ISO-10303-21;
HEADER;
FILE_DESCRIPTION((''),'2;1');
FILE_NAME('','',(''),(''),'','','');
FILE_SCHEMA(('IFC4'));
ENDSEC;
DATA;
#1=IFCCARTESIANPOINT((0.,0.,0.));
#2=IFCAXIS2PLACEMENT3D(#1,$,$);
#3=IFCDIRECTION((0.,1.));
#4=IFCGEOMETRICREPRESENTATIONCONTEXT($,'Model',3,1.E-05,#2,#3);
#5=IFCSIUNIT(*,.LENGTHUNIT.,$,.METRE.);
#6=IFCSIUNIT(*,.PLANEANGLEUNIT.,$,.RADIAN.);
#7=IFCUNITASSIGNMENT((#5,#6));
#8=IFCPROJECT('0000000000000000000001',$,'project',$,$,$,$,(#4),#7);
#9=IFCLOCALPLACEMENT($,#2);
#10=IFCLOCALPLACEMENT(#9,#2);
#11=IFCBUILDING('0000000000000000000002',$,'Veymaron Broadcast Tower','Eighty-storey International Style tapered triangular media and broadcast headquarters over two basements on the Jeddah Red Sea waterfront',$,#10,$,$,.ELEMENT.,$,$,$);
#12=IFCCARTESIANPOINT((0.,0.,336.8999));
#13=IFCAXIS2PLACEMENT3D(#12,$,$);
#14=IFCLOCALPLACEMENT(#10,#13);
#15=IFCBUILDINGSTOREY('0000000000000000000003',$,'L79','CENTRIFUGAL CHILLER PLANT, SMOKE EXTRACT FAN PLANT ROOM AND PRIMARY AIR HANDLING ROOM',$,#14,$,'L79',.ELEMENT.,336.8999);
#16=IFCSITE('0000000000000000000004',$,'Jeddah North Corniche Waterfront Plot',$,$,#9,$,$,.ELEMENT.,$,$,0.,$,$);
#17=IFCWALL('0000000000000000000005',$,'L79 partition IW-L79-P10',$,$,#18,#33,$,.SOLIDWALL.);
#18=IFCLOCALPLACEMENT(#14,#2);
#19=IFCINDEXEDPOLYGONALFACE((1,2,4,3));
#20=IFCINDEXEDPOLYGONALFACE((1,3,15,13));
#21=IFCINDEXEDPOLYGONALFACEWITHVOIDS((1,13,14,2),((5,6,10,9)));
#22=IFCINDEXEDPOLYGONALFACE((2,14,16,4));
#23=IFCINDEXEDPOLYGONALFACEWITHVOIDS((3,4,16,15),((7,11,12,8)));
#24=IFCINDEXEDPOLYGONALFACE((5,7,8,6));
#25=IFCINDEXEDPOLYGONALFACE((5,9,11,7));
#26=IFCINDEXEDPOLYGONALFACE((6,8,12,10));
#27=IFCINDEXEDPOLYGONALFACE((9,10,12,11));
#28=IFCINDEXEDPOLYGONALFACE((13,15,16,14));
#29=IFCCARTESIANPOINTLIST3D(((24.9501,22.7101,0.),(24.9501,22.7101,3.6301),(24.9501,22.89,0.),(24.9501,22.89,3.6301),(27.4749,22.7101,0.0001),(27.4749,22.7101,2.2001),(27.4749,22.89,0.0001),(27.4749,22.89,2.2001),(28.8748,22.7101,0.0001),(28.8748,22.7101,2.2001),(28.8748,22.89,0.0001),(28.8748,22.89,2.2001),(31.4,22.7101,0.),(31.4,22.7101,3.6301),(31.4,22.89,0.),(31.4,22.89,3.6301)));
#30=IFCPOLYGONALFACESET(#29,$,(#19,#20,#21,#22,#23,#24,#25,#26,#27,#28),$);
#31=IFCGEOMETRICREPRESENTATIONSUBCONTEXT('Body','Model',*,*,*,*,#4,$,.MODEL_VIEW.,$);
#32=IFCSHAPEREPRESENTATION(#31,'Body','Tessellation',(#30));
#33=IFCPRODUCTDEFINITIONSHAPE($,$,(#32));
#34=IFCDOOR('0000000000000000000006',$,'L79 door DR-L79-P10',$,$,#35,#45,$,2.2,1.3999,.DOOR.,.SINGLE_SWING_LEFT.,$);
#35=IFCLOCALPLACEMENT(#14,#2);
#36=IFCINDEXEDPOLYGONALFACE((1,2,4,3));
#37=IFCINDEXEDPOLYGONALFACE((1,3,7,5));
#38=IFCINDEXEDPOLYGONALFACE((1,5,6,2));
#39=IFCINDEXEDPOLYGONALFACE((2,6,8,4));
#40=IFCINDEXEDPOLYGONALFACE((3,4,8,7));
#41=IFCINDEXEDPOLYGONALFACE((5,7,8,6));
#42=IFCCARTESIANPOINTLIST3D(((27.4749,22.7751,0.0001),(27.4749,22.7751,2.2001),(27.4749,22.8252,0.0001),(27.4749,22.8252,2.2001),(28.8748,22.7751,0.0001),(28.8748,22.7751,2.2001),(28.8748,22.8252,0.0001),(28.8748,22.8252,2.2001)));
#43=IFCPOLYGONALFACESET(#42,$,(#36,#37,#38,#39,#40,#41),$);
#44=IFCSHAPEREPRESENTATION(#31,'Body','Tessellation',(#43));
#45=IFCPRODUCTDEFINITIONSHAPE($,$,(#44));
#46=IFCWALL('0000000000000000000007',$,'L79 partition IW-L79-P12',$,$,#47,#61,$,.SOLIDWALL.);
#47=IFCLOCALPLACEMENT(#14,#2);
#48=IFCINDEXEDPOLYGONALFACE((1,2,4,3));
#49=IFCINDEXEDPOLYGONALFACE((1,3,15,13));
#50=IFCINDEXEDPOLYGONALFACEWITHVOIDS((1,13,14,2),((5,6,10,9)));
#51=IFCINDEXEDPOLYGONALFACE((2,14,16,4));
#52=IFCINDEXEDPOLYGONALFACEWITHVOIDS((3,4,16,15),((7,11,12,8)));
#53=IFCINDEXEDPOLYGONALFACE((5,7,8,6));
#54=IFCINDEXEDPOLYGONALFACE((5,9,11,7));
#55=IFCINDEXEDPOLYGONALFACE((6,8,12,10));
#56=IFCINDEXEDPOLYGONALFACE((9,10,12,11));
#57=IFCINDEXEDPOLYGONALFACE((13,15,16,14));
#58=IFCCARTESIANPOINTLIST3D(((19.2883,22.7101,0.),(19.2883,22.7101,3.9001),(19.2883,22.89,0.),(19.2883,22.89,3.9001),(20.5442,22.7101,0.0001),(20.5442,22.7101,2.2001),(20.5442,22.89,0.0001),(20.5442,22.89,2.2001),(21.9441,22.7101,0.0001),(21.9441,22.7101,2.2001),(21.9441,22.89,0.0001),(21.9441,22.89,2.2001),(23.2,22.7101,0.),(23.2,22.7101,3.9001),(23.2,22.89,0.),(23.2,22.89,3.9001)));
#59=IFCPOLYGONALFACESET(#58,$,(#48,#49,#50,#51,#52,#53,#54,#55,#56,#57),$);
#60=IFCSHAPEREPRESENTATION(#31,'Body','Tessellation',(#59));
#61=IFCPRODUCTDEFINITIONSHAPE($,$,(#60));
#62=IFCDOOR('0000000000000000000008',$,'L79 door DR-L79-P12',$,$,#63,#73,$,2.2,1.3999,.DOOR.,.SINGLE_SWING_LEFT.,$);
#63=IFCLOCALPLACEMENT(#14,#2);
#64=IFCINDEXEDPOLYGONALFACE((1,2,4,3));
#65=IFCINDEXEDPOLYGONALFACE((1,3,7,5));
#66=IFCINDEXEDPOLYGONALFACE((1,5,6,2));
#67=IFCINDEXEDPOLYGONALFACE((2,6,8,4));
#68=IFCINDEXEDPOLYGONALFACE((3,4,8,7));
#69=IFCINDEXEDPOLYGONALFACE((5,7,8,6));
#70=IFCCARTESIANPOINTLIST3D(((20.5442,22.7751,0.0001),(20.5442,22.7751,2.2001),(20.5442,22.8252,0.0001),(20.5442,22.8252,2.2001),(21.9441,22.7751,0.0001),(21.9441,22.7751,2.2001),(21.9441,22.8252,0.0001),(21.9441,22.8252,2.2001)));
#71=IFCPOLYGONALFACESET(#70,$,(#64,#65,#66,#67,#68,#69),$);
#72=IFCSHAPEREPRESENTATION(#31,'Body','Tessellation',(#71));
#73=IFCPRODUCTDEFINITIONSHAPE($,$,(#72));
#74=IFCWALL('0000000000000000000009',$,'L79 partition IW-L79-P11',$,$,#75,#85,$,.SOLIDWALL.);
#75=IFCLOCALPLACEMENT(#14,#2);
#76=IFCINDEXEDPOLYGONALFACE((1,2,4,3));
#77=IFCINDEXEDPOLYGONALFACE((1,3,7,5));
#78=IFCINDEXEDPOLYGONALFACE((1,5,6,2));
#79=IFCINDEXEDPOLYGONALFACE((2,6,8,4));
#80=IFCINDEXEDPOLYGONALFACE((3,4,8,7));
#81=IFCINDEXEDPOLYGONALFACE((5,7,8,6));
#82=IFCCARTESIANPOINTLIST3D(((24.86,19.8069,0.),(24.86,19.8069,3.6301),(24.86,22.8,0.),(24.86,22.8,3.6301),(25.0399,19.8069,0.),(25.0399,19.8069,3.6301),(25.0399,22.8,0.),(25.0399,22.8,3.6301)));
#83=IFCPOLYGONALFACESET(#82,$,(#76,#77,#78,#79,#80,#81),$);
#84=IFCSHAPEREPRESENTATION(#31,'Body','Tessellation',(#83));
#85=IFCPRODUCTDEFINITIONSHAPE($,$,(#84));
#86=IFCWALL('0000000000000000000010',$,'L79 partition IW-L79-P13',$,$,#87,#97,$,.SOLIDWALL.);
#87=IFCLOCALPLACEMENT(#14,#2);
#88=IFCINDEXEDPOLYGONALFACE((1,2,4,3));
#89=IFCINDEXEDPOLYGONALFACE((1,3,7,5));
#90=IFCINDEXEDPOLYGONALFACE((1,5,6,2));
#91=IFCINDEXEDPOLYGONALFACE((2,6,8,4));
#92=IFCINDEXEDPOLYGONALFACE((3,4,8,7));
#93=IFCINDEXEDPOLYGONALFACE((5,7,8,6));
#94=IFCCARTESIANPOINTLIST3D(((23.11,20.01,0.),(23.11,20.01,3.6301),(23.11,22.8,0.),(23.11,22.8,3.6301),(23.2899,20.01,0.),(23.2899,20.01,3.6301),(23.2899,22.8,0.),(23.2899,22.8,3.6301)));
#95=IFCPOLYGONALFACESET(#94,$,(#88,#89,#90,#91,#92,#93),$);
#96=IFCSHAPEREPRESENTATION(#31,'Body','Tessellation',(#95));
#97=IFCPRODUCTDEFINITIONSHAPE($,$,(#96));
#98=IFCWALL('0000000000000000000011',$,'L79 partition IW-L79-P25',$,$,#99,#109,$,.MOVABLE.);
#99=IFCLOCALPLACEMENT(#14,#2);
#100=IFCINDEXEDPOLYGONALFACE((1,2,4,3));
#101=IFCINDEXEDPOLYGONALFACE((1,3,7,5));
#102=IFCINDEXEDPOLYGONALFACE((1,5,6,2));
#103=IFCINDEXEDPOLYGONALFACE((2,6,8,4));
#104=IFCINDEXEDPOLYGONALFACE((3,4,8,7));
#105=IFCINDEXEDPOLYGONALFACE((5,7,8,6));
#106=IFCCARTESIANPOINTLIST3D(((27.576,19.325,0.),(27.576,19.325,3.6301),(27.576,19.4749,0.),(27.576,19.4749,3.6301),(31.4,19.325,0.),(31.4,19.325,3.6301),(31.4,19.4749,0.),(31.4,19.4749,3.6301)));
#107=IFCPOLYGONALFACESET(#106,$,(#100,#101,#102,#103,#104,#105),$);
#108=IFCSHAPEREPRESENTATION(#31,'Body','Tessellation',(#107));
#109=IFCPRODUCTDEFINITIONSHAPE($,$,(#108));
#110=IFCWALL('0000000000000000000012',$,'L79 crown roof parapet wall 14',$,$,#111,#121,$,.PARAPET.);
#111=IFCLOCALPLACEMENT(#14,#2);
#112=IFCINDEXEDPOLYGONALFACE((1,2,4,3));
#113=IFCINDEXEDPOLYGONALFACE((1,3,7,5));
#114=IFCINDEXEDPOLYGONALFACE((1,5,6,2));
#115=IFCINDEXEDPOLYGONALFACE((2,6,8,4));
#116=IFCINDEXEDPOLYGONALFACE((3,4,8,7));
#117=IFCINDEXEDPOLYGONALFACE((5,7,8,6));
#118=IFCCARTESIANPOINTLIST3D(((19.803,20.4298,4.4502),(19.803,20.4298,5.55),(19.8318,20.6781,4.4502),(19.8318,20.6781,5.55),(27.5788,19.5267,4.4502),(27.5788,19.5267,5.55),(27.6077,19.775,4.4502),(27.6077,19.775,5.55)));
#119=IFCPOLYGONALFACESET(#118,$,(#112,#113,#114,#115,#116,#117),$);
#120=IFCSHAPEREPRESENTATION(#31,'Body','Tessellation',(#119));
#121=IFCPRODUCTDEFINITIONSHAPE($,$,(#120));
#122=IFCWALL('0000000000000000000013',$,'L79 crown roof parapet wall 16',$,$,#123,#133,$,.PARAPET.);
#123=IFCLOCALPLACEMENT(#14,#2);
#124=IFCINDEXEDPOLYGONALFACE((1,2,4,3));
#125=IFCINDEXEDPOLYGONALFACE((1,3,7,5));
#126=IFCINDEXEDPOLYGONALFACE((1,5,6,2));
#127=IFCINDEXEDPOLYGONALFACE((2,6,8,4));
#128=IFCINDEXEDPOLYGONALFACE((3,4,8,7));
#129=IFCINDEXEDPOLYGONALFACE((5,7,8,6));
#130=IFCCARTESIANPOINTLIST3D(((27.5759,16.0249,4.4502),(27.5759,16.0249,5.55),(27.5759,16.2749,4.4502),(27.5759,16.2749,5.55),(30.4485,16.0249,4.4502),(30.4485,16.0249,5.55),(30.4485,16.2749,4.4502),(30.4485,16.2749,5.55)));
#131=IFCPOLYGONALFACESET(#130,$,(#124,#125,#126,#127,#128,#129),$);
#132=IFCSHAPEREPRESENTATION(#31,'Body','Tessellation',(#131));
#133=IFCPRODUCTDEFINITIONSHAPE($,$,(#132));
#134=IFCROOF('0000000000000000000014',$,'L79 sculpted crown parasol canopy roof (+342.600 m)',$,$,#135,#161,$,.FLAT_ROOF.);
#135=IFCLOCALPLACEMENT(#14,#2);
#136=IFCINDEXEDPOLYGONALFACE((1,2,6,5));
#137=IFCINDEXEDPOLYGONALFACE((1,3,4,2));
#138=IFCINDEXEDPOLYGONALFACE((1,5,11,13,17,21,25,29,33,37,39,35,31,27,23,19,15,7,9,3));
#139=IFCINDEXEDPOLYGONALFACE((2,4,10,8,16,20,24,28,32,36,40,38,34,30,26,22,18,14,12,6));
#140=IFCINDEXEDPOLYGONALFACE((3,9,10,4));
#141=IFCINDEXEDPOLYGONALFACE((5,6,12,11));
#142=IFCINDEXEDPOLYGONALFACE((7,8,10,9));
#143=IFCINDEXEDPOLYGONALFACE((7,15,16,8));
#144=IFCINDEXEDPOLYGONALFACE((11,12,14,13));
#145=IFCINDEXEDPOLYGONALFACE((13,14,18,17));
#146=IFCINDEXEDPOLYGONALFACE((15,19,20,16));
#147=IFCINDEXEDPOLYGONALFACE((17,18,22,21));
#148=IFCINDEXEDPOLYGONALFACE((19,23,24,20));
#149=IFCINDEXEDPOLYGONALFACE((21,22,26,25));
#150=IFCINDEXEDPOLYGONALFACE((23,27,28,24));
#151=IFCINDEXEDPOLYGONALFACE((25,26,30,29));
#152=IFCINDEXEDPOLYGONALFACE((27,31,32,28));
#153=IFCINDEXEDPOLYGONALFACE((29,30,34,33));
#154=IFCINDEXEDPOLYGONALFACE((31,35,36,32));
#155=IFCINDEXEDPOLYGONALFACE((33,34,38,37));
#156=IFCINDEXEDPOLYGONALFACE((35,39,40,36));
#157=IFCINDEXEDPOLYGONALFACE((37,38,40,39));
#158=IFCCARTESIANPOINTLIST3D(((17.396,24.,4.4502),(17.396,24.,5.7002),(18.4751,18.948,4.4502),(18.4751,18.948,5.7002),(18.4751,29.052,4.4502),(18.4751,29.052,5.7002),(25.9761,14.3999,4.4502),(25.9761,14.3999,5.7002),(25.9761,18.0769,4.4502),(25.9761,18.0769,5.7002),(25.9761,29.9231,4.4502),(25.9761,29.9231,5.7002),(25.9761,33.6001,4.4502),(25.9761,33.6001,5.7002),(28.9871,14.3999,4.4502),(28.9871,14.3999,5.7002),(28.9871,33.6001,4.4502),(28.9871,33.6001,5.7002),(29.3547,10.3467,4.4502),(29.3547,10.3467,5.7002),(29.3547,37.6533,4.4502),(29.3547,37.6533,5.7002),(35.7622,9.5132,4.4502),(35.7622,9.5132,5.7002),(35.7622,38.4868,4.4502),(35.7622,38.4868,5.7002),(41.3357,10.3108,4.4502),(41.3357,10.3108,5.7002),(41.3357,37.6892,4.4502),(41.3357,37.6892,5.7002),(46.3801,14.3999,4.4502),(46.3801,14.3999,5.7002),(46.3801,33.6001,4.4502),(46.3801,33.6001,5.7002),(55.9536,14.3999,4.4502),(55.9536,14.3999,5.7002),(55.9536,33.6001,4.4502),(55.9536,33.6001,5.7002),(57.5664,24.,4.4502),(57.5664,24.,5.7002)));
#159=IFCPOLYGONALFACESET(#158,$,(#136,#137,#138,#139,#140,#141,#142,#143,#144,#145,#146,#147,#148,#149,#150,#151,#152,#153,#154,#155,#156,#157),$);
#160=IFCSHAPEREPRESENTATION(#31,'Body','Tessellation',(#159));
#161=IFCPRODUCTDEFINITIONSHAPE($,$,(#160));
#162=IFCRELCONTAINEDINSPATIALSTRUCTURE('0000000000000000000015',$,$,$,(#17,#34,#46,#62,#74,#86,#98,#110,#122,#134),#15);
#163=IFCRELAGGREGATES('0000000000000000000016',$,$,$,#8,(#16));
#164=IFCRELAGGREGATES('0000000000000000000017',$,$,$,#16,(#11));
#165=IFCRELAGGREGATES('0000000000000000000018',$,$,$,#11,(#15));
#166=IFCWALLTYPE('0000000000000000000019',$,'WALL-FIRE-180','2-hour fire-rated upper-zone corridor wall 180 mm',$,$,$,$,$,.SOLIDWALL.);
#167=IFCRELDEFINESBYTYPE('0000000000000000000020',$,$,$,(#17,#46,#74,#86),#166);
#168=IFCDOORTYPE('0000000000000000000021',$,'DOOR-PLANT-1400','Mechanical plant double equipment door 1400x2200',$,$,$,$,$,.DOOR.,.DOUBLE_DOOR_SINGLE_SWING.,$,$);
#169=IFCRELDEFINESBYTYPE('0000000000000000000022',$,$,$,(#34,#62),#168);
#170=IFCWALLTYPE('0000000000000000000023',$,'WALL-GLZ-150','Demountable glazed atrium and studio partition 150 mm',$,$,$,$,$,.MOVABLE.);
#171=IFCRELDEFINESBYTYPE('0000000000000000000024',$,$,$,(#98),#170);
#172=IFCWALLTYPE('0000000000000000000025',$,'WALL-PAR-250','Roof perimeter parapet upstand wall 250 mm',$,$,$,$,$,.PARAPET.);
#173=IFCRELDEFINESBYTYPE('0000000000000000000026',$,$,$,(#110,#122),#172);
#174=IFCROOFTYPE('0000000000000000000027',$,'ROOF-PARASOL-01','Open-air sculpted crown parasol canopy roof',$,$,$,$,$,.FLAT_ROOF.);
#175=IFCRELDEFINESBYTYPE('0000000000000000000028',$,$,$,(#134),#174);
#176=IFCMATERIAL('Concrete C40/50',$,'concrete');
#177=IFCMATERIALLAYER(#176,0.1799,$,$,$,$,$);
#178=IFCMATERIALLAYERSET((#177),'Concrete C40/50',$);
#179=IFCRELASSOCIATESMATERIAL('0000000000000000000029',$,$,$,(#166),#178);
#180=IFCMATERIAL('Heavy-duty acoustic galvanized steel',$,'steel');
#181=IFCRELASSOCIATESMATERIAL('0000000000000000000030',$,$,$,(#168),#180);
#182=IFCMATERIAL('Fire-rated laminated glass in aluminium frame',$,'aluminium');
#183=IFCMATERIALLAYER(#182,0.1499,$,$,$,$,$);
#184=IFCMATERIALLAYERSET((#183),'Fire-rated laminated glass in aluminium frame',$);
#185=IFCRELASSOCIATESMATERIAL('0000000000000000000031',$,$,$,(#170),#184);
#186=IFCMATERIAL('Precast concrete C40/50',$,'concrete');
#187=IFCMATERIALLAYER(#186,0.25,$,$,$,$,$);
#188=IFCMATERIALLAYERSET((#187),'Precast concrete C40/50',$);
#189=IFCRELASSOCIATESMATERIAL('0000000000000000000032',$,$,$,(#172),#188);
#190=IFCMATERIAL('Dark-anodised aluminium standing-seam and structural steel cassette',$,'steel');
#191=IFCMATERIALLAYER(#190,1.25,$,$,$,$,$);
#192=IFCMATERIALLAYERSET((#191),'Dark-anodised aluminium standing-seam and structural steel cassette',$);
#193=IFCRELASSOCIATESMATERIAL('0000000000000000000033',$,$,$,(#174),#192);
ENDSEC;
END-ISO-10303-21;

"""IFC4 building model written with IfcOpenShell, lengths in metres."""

from ifc_helpers import new_model, si_unit, direction, frame, frame_2d, origin, place, context, subcontext, project, spatial, polyline, rectangle, outline, extrude, material, layer, layer_set, type_object, element, fill, save


model = new_model("IFC4")

# Units and contexts
model_context = context("Model", 3, precision=1e-05, world=origin(), true_north=direction((0.0, 1.0)))
body_context = subcontext(model_context, "Body", "Model", "MODEL_VIEW")
ifc_project = project(units=[si_unit("LENGTHUNIT", "METRE"), si_unit("PLANEANGLEUNIT", "RADIAN")], contexts=[model_context])

# Site, building, storey
site_placement = place(None, origin())
site = spatial("IfcSite", under=ifc_project, at=site_placement, Name="Jeddah North Corniche Waterfront Plot", CompositionType="ELEMENT", RefElevation=0.0)
building_placement = place(site_placement, origin())
building = spatial("IfcBuilding", under=site, at=building_placement, Name="Veymaron Broadcast Tower", Description="Eighty-storey International Style tapered triangular media and broadcast headquarters over two basements on the Jeddah Red Sea waterfront", CompositionType="ELEMENT")
storey_placement = place(building_placement, frame((0.0, 0.0, 336.8999)))
storey = spatial("IfcBuildingStorey", under=building, at=storey_placement, Name="L79", Description="CENTRIFUGAL CHILLER PLANT, SMOKE EXTRACT FAN PLANT ROOM AND PRIMARY AIR HANDLING ROOM", LongName="L79", CompositionType="ELEMENT", Elevation=336.8999)

# Shared definitions
ifc_material_1 = material(Name="Concrete C40/50", Category="concrete")

# Walls, openings, doors
ifc_layer_1 = layer(ifc_material_1, 0.1799)
ifc_layer_set_1 = layer_set([ifc_layer_1], Name="Concrete C40/50")
wall_type_1 = type_object("IfcWallType", Name="WALL-FIRE-180", Description="2-hour fire-rated upper-zone corridor wall 180 mm", PredefinedType="SOLIDWALL", material=ifc_layer_set_1)
wall_1_placement = place(storey_placement, frame((24.95, 22.8, 0.0), z_axis=(0.0, 0.0, 1.0), x_axis=(1.0, 0.0, 0.0)))
wall_1 = element("IfcWall", 1, at=wall_1_placement, inside=storey, type_object=wall_type_1, Name="L79 partition IW-L79-P10", PredefinedType="SOLIDWALL", context=body_context, shape_type="SweptSolid", body=[
    extrude(rectangle(XDim=6.45, YDim=0.1799, at=frame_2d((3.2251, 0.0))), origin(), (0.0, 0.0, 1.0), 3.6301),
])
opening_1_placement = place(wall_1_placement, frame((2.5249, 0.0, 0.0)))
opening_1 = element("IfcOpeningElement", 2, at=opening_1_placement, cuts=wall_1, PredefinedType="OPENING", context=body_context, shape_type="SweptSolid", body=[
    extrude(rectangle(XDim=1.3999, YDim=2.2, at=frame_2d((0.7, 1.1001))), frame((0.0, 0.1001, 0.0), z_axis=(0.0, -1.0, 0.0), x_axis=(1.0, 0.0, 0.0)), (0.0, 0.0, 1.0), 0.2),
])
ifc_material_2 = material(Name="Heavy-duty acoustic galvanized steel", Category="steel")
door_type = type_object("IfcDoorType", Name="DOOR-PLANT-1400", Description="Mechanical plant double equipment door 1400x2200", OperationType="DOUBLE_DOOR_SINGLE_SWING", PredefinedType="DOOR", material=ifc_material_2)
door_1_placement = place(opening_1_placement, frame((1.3999, 0.0, 0.0), z_axis=(0.0, 0.0, 1.0), x_axis=(-1.0, 0.0, 0.0)))
door_1 = element("IfcDoor", 3, at=door_1_placement, inside=storey, type_object=door_type, Name="L79 door DR-L79-P10", OperationType="SINGLE_SWING_LEFT", OverallHeight=2.2, OverallWidth=1.3999, PredefinedType="DOOR", context=body_context, shape_type="SweptSolid", body=[
    extrude(rectangle(XDim=1.3999, YDim=2.2, at=frame_2d((0.7, 1.1001))), frame((0.0, 0.0249, 0.0), z_axis=(0.0, -1.0, 0.0), x_axis=(1.0, 0.0, 0.0)), (0.0, 0.0, 1.0), 0.05),
])
fill(opening_1, door_1)
wall_2_placement = place(storey_placement, frame((19.2883, 22.8, 0.0), z_axis=(0.0, 0.0, 1.0), x_axis=(1.0, 0.0, 0.0)))
wall_2 = element("IfcWall", 4, at=wall_2_placement, inside=storey, type_object=wall_type_1, Name="L79 partition IW-L79-P12", PredefinedType="SOLIDWALL", context=body_context, shape_type="SweptSolid", body=[
    extrude(rectangle(XDim=3.9116, YDim=0.1799, at=frame_2d((1.9558, 0.0))), origin(), (0.0, 0.0, 1.0), 3.9001),
])
opening_2_placement = place(wall_2_placement, frame((1.2559, 0.0, 0.0)))
opening_2 = element("IfcOpeningElement", 5, at=opening_2_placement, cuts=wall_2, PredefinedType="OPENING", context=body_context, shape_type="SweptSolid", body=[
    extrude(rectangle(XDim=1.3999, YDim=2.2, at=frame_2d((0.7, 1.1001))), frame((0.0, 0.1001, 0.0), z_axis=(0.0, -1.0, 0.0), x_axis=(1.0, 0.0, 0.0)), (0.0, 0.0, 1.0), 0.2),
])
door_2_placement = place(opening_2_placement, frame((1.3999, 0.0, 0.0), z_axis=(0.0, 0.0, 1.0), x_axis=(-1.0, 0.0, 0.0)))
door_2 = element("IfcDoor", 6, at=door_2_placement, inside=storey, type_object=door_type, Name="L79 door DR-L79-P12", OperationType="SINGLE_SWING_LEFT", OverallHeight=2.2, OverallWidth=1.3999, PredefinedType="DOOR", context=body_context, shape_type="SweptSolid", body=[
    extrude(rectangle(XDim=1.3999, YDim=2.2, at=frame_2d((0.7, 1.1001))), frame((0.0, 0.0249, 0.0), z_axis=(0.0, -1.0, 0.0), x_axis=(1.0, 0.0, 0.0)), (0.0, 0.0, 1.0), 0.05),
])
fill(opening_2, door_2)

# Walls
wall_3_placement = place(storey_placement, frame((24.95, 19.8069, 0.0), z_axis=(0.0, 0.0, 1.0), x_axis=(0.0, 1.0, 0.0)))
element("IfcWall", 7, at=wall_3_placement, inside=storey, type_object=wall_type_1, Name="L79 partition IW-L79-P11", PredefinedType="SOLIDWALL", context=body_context, shape_type="SweptSolid", body=[
    extrude(rectangle(XDim=2.9932, YDim=0.1799, at=frame_2d((1.4966, 0.0))), origin(), (0.0, 0.0, 1.0), 3.6301),
])
wall_4_placement = place(storey_placement, frame((23.2, 20.01, 0.0), z_axis=(0.0, 0.0, 1.0), x_axis=(0.0, 1.0, 0.0)))
element("IfcWall", 8, at=wall_4_placement, inside=storey, type_object=wall_type_1, Name="L79 partition IW-L79-P13", PredefinedType="SOLIDWALL", context=body_context, shape_type="SweptSolid", body=[
    extrude(rectangle(XDim=2.79, YDim=0.1799, at=frame_2d((1.395, 0.0))), origin(), (0.0, 0.0, 1.0), 3.6301),
])
ifc_material_3 = material(Name="Fire-rated laminated glass in aluminium frame", Category="aluminium")
ifc_layer_2 = layer(ifc_material_3, 0.1499)
ifc_layer_set_2 = layer_set([ifc_layer_2], Name="Fire-rated laminated glass in aluminium frame")
wall_type_2 = type_object("IfcWallType", Name="WALL-GLZ-150", Description="Demountable glazed atrium and studio partition 150 mm", PredefinedType="MOVABLE", material=ifc_layer_set_2)
wall_5_placement = place(storey_placement, frame((27.5759, 19.3999, 0.0), z_axis=(0.0, 0.0, 1.0), x_axis=(1.0, 0.0, 0.0)))
element("IfcWall", 9, at=wall_5_placement, inside=storey, type_object=wall_type_2, Name="L79 partition IW-L79-P25", PredefinedType="MOVABLE", context=body_context, shape_type="SweptSolid", body=[
    extrude(rectangle(XDim=3.824, YDim=0.1499, at=frame_2d((1.9121, 0.0))), origin(), (0.0, 0.0, 1.0), 3.6301),
])
ifc_material_4 = material(Name="Precast concrete C40/50", Category="concrete")
ifc_layer_3 = layer(ifc_material_4, 0.25)
ifc_layer_set_3 = layer_set([ifc_layer_3], Name="Precast concrete C40/50")
wall_type_3 = type_object("IfcWallType", Name="WALL-PAR-250", Description="Roof perimeter parapet upstand wall 250 mm", PredefinedType="PARAPET", material=ifc_layer_set_3)
wall_6_placement = place(storey_placement, frame((19.8174, 20.554, 4.4502), z_axis=(0.0, 0.0, 1.0), x_axis=(0.993323, -0.115363, 0.0)))
element("IfcWall", 10, at=wall_6_placement, inside=storey, type_object=wall_type_3, Name="L79 crown roof parapet wall 14", PredefinedType="PARAPET", context=body_context, shape_type="SweptSolid", body=[
    extrude(rectangle(XDim=7.8281, YDim=0.25, at=frame_2d((3.9141, 0.0))), origin(), (0.0, 0.0, 1.0), 1.0999),
])
wall_7_placement = place(storey_placement, frame((27.5759, 16.1499, 4.4502), z_axis=(0.0, 0.0, 1.0), x_axis=(1.0, 0.0, 0.0)))
element("IfcWall", 11, at=wall_7_placement, inside=storey, type_object=wall_type_3, Name="L79 crown roof parapet wall 16", PredefinedType="PARAPET", context=body_context, shape_type="SweptSolid", body=[
    extrude(rectangle(XDim=2.8726, YDim=0.25, at=frame_2d((1.4363, 0.0))), origin(), (0.0, 0.0, 1.0), 1.0999),
])

# Roof
ifc_material_5 = material(Name="Dark-anodised aluminium standing-seam and structural steel cassette", Category="steel")
ifc_layer_4 = layer(ifc_material_5, 1.25)
ifc_layer_set_4 = layer_set([ifc_layer_4], Name="Dark-anodised aluminium standing-seam and structural steel cassette")
roof_type = type_object("IfcRoofType", Name="ROOF-PARASOL-01", Description="Open-air sculpted crown parasol canopy roof", PredefinedType="FLAT_ROOF", material=ifc_layer_set_4)
roof_placement = place(storey_placement, frame((0.0, 0.0, 4.4502)))
element("IfcRoof", 12, at=roof_placement, inside=storey, type_object=roof_type, Name="L79 sculpted crown parasol canopy roof (+342.600 m)", PredefinedType="FLAT_ROOF", context=body_context, shape_type="SweptSolid", body=[
    extrude(outline(polyline([(55.9536, 14.3999), (57.5664, 24.0), (55.9536, 33.6001), (46.3801, 33.6001), (41.3357, 37.6892), (35.7622, 38.4868), (29.3547, 37.6533), (28.9871, 33.6001), (25.9761, 33.6001), (25.9761, 29.9231), (18.4751, 29.052), (17.396, 24.0), (18.4751, 18.948), (25.9761, 18.0769), (25.9761, 14.3999), (28.9871, 14.3999), (29.3547, 10.3467), (35.7622, 9.5132), (41.3357, 10.3108), (46.3801, 14.3999), (55.9536, 14.3999)])), origin(), (0.0, 0.0, 1.0), 1.25),
])

save(model, "model.ifc")
